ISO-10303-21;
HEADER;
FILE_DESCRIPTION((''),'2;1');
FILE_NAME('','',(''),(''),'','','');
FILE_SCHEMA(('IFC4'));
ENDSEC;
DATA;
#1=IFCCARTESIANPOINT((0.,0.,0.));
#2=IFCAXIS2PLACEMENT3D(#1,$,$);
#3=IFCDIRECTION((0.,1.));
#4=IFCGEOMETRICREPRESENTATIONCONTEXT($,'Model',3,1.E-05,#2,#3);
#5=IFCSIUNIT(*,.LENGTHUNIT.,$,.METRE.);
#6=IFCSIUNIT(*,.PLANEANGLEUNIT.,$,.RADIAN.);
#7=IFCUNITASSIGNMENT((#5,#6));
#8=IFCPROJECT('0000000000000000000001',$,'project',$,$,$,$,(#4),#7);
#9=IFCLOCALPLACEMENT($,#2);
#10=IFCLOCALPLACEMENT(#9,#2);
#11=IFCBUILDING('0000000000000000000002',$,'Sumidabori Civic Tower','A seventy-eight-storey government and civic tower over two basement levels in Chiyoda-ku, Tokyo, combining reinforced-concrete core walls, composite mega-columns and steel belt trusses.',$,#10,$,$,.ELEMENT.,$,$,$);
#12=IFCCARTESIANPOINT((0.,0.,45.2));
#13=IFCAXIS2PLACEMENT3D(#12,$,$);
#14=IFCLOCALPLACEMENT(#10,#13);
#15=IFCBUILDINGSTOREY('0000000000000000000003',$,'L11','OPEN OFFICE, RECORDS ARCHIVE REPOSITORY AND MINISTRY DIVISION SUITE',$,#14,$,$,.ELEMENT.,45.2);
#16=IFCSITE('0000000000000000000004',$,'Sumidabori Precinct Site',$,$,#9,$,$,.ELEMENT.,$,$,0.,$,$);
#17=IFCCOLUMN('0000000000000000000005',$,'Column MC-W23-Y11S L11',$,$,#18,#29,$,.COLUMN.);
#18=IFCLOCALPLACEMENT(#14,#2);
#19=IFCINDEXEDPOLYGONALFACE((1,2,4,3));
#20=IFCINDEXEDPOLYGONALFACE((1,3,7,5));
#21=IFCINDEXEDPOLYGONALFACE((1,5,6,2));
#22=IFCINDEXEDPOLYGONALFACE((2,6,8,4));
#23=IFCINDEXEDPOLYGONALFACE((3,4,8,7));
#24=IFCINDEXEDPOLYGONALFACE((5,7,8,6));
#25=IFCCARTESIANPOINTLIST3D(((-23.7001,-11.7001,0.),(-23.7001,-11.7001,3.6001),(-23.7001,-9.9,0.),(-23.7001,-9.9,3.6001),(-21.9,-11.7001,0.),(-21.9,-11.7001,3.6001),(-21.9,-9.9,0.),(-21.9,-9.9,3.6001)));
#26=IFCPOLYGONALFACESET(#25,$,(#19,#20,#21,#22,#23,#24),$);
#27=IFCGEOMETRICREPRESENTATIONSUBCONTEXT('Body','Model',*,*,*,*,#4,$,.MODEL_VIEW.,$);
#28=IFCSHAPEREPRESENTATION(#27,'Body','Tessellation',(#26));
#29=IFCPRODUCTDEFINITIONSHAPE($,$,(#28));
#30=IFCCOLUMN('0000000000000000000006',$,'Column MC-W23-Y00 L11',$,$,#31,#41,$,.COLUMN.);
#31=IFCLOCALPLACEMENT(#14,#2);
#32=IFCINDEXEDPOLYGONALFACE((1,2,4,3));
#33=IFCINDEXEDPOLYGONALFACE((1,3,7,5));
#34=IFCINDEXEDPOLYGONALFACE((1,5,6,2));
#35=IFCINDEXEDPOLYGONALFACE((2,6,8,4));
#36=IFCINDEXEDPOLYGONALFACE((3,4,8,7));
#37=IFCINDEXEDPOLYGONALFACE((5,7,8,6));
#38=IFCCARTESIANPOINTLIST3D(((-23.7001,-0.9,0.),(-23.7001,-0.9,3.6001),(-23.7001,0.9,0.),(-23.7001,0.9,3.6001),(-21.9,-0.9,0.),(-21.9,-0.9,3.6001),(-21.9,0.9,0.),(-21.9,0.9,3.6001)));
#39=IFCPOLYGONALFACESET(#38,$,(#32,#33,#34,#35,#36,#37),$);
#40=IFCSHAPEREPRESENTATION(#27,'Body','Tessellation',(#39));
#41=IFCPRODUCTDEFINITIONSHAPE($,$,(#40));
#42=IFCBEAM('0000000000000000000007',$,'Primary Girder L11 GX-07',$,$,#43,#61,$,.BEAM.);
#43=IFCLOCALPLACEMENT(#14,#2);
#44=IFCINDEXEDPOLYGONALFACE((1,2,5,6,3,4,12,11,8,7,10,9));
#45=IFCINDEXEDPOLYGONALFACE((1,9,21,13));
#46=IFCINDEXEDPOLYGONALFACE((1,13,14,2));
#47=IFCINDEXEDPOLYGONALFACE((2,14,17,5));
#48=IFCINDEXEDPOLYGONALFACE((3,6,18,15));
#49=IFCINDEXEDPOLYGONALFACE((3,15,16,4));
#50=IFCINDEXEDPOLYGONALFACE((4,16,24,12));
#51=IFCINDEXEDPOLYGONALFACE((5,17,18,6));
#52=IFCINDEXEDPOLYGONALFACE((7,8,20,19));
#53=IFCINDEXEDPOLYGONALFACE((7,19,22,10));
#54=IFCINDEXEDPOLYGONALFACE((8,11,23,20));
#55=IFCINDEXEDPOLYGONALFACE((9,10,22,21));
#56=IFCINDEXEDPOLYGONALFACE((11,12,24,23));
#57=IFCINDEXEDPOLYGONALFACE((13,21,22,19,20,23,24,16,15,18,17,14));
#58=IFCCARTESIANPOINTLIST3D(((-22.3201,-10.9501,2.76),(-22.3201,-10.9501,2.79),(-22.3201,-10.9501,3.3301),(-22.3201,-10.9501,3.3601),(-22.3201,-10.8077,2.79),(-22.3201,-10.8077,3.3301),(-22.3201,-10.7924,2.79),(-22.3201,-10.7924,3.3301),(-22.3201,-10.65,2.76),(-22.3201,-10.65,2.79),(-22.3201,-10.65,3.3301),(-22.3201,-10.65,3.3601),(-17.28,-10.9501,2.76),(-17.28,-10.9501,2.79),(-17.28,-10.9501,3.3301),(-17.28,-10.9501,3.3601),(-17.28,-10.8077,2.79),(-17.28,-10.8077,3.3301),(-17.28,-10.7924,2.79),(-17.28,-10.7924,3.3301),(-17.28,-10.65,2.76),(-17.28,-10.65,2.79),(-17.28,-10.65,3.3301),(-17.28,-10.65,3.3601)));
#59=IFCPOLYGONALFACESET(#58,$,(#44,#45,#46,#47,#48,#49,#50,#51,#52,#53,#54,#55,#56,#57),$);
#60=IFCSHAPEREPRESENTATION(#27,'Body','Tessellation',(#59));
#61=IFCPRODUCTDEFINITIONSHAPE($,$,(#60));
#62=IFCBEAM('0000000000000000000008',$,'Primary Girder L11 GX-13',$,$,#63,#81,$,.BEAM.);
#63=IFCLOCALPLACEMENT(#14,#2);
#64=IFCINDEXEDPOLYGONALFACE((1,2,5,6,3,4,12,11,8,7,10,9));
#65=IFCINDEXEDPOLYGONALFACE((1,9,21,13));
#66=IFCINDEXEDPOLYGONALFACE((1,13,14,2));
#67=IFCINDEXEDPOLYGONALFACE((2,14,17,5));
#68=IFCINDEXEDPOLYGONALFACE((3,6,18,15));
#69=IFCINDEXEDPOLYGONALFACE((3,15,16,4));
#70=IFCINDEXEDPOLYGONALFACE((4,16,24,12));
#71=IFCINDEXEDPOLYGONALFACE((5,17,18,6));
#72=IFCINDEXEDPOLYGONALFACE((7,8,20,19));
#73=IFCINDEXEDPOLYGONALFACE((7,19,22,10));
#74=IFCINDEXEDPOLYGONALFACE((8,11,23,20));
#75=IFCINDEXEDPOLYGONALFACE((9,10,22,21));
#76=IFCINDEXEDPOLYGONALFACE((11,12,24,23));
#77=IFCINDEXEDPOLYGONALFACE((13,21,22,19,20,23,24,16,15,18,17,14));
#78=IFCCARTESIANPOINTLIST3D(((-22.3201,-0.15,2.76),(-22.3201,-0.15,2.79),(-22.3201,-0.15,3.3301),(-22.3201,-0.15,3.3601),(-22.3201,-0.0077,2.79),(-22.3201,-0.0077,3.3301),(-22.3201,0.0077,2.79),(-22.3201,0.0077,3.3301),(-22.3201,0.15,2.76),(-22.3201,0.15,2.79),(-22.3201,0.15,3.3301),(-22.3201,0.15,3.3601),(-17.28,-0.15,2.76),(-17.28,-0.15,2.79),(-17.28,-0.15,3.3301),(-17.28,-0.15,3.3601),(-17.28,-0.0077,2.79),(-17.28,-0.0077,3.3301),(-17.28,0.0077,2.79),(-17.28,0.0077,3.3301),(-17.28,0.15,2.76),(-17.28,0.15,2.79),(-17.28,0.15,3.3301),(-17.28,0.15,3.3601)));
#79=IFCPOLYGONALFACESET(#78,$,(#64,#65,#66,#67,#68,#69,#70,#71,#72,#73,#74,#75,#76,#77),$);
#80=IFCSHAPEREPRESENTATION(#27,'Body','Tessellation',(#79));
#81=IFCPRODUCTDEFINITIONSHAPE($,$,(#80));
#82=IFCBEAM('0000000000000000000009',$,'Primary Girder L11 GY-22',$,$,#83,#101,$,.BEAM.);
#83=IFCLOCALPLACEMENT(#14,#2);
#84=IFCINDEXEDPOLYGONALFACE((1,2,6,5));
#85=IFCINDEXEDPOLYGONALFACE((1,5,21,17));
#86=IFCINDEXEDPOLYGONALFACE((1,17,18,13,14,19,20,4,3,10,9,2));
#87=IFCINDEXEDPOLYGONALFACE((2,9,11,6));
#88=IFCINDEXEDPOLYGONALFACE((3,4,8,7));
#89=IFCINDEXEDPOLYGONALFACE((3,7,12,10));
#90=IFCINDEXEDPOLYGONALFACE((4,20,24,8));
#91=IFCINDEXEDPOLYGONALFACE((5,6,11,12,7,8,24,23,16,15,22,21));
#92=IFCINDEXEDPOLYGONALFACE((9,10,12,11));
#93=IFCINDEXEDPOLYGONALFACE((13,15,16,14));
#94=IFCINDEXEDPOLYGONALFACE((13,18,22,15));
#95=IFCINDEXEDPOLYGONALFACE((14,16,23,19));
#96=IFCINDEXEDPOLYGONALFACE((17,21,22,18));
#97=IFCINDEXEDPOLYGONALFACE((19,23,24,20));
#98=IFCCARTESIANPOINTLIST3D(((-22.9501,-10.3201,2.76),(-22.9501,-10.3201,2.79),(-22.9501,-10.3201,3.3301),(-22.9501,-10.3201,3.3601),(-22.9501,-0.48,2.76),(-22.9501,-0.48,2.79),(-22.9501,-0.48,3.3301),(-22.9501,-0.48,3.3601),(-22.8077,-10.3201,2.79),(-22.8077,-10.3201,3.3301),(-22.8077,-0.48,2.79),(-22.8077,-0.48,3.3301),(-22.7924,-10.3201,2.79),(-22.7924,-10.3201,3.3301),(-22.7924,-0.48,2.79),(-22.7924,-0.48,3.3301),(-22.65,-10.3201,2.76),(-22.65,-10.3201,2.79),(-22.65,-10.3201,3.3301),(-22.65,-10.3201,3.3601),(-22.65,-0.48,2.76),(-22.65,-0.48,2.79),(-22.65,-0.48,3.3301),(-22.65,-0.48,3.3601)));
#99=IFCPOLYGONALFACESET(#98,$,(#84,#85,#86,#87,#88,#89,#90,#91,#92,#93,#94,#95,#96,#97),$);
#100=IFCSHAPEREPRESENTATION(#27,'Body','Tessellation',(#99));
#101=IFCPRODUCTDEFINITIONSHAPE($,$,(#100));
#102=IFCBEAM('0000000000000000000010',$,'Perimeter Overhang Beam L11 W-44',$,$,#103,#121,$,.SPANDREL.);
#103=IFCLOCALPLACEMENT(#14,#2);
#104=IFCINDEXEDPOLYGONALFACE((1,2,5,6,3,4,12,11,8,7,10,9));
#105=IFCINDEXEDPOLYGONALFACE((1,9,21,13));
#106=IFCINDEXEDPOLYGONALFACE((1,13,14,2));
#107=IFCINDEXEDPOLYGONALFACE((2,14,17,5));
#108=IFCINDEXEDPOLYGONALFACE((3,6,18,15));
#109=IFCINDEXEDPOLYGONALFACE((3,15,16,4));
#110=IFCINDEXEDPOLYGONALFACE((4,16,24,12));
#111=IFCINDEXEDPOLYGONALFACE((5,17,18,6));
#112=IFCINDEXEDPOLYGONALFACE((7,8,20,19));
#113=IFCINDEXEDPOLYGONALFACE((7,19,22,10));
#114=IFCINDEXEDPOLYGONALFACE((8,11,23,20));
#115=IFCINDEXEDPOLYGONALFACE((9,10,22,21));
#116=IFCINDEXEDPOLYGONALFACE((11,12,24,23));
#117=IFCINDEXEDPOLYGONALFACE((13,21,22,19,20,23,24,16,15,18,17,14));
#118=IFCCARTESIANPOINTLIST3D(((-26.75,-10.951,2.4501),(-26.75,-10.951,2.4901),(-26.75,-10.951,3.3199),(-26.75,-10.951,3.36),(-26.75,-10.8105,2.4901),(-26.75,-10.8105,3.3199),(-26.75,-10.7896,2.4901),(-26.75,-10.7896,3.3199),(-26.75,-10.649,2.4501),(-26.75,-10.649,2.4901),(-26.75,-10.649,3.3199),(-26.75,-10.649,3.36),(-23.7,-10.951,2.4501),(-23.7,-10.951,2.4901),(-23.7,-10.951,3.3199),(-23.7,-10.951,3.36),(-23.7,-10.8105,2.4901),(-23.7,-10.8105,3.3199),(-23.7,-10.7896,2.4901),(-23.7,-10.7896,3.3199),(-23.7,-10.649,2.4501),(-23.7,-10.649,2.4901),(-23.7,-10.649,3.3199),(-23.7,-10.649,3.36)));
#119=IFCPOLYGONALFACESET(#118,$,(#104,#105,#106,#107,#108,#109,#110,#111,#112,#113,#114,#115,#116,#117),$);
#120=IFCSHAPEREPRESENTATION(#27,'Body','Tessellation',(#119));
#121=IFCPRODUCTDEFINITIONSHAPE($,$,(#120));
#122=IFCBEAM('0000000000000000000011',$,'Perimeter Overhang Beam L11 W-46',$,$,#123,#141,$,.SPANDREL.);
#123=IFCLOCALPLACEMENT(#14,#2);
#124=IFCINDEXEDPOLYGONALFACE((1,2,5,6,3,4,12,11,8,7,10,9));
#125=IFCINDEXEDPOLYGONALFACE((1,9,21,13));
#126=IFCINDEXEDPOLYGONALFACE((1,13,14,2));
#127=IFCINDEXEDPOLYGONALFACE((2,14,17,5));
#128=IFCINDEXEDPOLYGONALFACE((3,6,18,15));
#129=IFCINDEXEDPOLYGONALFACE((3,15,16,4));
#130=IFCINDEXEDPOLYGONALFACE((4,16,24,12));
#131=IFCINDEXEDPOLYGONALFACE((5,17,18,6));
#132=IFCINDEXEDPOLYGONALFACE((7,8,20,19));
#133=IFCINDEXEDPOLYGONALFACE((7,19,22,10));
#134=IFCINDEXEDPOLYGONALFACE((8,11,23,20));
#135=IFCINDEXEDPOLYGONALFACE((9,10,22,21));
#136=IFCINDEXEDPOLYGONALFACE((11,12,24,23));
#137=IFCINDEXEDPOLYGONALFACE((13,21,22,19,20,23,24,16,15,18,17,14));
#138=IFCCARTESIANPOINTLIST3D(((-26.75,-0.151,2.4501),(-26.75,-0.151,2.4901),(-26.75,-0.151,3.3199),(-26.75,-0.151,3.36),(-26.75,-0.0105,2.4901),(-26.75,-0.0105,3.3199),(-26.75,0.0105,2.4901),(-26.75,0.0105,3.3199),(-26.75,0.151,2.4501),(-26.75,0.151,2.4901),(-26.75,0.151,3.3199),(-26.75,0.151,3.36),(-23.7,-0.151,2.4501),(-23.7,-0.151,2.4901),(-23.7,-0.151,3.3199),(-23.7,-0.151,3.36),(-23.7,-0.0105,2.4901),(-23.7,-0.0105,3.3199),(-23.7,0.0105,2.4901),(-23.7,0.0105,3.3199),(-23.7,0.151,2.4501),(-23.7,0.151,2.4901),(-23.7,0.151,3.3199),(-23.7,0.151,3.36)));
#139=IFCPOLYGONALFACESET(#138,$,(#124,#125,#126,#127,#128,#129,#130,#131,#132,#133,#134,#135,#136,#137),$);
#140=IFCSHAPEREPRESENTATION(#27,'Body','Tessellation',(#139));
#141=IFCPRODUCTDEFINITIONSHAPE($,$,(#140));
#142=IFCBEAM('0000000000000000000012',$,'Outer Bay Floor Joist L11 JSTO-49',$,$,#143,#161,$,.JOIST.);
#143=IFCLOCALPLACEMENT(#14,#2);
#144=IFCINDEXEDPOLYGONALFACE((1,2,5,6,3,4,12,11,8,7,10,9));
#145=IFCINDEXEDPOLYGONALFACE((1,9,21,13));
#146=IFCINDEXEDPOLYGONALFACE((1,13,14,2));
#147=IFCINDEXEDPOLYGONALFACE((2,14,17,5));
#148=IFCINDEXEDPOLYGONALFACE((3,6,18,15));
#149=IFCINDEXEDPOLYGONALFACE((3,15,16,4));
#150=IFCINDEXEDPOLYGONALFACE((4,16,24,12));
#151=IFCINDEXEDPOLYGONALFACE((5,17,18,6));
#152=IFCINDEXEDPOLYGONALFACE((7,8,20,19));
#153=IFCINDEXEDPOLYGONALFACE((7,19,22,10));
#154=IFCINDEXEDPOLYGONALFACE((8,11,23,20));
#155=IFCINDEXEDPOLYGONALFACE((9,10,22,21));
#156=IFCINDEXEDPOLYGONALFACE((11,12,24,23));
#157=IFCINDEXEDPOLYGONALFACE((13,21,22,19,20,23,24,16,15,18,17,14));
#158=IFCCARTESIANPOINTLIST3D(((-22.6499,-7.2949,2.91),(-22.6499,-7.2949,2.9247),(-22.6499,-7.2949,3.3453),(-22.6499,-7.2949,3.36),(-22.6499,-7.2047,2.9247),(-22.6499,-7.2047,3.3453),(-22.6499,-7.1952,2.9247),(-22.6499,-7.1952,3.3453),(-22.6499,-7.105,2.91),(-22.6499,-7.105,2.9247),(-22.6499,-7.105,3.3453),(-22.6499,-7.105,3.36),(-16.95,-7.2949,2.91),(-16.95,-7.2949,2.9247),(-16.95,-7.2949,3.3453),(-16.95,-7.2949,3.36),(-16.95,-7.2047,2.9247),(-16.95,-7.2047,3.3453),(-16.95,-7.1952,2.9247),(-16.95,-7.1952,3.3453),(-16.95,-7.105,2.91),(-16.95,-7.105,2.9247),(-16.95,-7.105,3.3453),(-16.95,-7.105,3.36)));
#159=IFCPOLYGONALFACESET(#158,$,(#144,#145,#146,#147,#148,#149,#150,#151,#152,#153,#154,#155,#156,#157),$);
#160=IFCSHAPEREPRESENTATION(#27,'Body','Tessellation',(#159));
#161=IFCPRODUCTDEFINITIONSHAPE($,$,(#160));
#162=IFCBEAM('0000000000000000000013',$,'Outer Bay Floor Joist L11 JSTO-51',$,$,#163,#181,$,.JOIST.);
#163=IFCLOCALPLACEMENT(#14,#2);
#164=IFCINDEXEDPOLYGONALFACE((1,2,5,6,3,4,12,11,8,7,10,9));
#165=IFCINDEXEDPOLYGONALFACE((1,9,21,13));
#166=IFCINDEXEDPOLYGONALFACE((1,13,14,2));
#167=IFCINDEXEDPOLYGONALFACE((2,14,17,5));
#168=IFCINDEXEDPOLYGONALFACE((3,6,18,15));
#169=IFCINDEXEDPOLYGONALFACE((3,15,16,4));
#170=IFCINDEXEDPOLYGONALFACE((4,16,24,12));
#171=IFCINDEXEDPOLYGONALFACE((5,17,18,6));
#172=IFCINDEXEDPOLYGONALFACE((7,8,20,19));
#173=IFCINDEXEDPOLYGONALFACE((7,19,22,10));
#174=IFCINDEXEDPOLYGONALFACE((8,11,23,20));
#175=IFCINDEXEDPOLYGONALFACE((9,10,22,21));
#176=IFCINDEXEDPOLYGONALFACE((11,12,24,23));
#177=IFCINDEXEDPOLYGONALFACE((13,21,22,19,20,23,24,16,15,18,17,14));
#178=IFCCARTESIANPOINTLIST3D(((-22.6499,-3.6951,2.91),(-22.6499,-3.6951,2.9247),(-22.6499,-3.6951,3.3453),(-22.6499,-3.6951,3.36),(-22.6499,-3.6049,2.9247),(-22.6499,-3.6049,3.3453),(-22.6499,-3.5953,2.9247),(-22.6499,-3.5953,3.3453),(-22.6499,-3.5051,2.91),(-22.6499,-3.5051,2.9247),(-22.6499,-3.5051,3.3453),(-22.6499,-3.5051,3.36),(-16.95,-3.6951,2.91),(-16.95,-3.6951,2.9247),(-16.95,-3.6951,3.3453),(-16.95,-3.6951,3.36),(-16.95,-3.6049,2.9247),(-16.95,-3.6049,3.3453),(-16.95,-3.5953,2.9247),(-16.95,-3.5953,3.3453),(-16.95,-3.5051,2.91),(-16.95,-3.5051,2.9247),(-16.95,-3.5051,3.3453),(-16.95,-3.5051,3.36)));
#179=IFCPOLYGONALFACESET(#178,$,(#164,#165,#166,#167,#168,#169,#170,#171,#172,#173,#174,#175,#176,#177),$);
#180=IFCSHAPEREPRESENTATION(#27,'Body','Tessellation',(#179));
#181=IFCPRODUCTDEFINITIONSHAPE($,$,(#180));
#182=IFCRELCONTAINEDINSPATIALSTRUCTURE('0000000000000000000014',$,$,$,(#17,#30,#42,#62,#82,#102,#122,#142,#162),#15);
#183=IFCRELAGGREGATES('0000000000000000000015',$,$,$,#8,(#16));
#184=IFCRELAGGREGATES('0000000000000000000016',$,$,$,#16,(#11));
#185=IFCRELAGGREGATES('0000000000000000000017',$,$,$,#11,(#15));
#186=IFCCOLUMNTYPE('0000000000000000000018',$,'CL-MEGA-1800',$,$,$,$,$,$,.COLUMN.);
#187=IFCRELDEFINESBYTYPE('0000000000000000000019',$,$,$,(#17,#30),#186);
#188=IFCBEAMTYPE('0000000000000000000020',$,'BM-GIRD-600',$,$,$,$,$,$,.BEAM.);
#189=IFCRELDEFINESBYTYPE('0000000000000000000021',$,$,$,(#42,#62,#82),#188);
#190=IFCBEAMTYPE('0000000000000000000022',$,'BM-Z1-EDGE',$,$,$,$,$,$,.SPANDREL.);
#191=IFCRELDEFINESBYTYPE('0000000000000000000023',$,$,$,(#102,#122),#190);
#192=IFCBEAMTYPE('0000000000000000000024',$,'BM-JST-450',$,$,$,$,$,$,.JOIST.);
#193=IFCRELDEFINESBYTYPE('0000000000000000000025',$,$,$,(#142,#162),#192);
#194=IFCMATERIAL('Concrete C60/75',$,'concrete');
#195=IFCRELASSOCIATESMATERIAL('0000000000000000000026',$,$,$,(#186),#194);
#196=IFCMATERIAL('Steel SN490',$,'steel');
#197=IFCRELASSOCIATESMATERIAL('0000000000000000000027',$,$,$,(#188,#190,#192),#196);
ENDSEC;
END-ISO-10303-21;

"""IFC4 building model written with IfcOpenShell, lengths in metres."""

from ifc_helpers import new_model, si_unit, direction, frame, origin, origin_2d, place, context, subcontext, project, spatial, rectangle, i_section, extrude, source, transform, mapped, material, material_profile, profile_set, type_object, element, save


model = new_model("IFC4")

# Units and contexts
model_context = context("Model", 3, precision=1e-05, world=origin(), true_north=direction((0.0, 1.0)))
body_context = subcontext(model_context, "Body", "Model", "MODEL_VIEW")
ifc_project = project(units=[si_unit("LENGTHUNIT", "METRE"), si_unit("PLANEANGLEUNIT", "RADIAN")], contexts=[model_context])

# Site, building, storey
site_placement = place(None, origin())
site = spatial("IfcSite", under=ifc_project, at=site_placement, Name="Sumidabori Precinct Site", CompositionType="ELEMENT", RefElevation=0.0)
building_placement = place(site_placement, origin())
building = spatial("IfcBuilding", under=site, at=building_placement, Name="Sumidabori Civic Tower", Description="A seventy-eight-storey government and civic tower over two basement levels in Chiyoda-ku, Tokyo, combining reinforced-concrete core walls, composite mega-columns and steel belt trusses.", CompositionType="ELEMENT")
storey_placement = place(building_placement, frame((0.0, 0.0, 45.2)))
storey = spatial("IfcBuildingStorey", under=building, at=storey_placement, Name="L11", Description="OPEN OFFICE, RECORDS ARCHIVE REPOSITORY AND MINISTRY DIVISION SUITE", CompositionType="ELEMENT", Elevation=45.2)

# Columns
ifc_material_1 = material(Name="Concrete C60/75", Category="concrete")
ifc_material_profile_1 = material_profile(ifc_material_1, rectangle(XDim=1.8, YDim=1.8, at=origin_2d()), Name="RC 1800x1800")
ifc_profile_set_1 = profile_set([ifc_material_profile_1], Name="Concrete C60/75")
column_type = type_object("IfcColumnType", Name="CL-MEGA-1800", PredefinedType="COLUMN", material=ifc_profile_set_1)
shared_shape_1 = source(origin(), body_context, "Body", "SweptSolid", [
    extrude(rectangle(XDim=1.8, YDim=1.8, at=origin_2d()), origin(), (0.0, 0.0, 1.0), 3.6001),
])
for number, where, z_axis, x_axis, name in (
    (1, (-22.8, -10.8, 0.0), (0.0, 0.0, 1.0), (1.0, 0.0, 0.0), "Column MC-W23-Y11S L11"),
    (2, (-22.8, 0.0, 0.0), (0.0, 0.0, 1.0), (1.0, 0.0, 0.0), "Column MC-W23-Y00 L11"),
):
    element("IfcColumn", number, at=place(storey_placement, frame(where, z_axis=z_axis, x_axis=x_axis)), inside=storey, type_object=column_type, Name=name, PredefinedType="COLUMN", context=body_context, shape_type="MappedRepresentation", body=[
        mapped(shared_shape_1, transform((0.0, 0.0, 0.0), x_axis=(1.0, 0.0, 0.0), y_axis=(0.0, 1.0, 0.0), z_axis=(0.0, 0.0, 1.0), scale=1.0)),
    ])

# Beams
ifc_material_2 = material(Name="Steel SN490", Category="steel")
ifc_material_profile_2 = material_profile(ifc_material_2, i_section(OverallWidth=0.3, OverallDepth=0.6001, WebThickness=0.0154, FlangeThickness=0.03, at=origin_2d()), Name="HE 600 B")
ifc_profile_set_2 = profile_set([ifc_material_profile_2], Name="Steel SN490")
beam_type_1 = type_object("IfcBeamType", Name="BM-GIRD-600", PredefinedType="BEAM", material=ifc_profile_set_2)
shared_shape_2 = source(origin(), body_context, "Body", "SweptSolid", [
    extrude(i_section(OverallWidth=0.3, OverallDepth=0.6001, WebThickness=0.0154, FlangeThickness=0.03, at=origin_2d()), origin(), (0.0, 0.0, 1.0), 5.04),
])
for number, where, z_axis, x_axis, name in (
    (3, (-22.3201, -10.8, 3.0601), (1.0, 0.0, 0.0), (0.0, 1.0, 0.0), "Primary Girder L11 GX-07"),
    (4, (-22.3201, 0.0, 3.0601), (1.0, 0.0, 0.0), (0.0, 1.0, 0.0), "Primary Girder L11 GX-13"),
):
    element("IfcBeam", number, at=place(storey_placement, frame(where, z_axis=z_axis, x_axis=x_axis)), inside=storey, type_object=beam_type_1, Name=name, PredefinedType="BEAM", context=body_context, shape_type="MappedRepresentation", body=[
        mapped(shared_shape_2, transform((0.0, 0.0, 0.0), x_axis=(1.0, 0.0, 0.0), y_axis=(0.0, 1.0, 0.0), z_axis=(0.0, 0.0, 1.0), scale=1.0)),
    ])
shared_shape_3 = source(origin(), body_context, "Body", "SweptSolid", [
    extrude(i_section(OverallWidth=0.3, OverallDepth=0.6001, WebThickness=0.0154, FlangeThickness=0.03, at=origin_2d()), origin(), (0.0, 0.0, 1.0), 9.8401),
])
beam_placement = place(storey_placement, frame((-22.8, -10.3201, 3.0601), z_axis=(0.0, 1.0, 0.0), x_axis=(-1.0, 0.0, 0.0)))
element("IfcBeam", 5, at=beam_placement, inside=storey, type_object=beam_type_1, Name="Primary Girder L11 GY-22", PredefinedType="BEAM", context=body_context, shape_type="MappedRepresentation", body=[
    mapped(shared_shape_3, transform((0.0, 0.0, 0.0), x_axis=(1.0, 0.0, 0.0), y_axis=(0.0, 1.0, 0.0), z_axis=(0.0, 0.0, 1.0), scale=1.0)),
])
ifc_material_profile_3 = material_profile(ifc_material_2, i_section(OverallWidth=0.302, OverallDepth=0.9099, WebThickness=0.021, FlangeThickness=0.04, at=origin_2d()), Name="HE 900 M")
ifc_profile_set_3 = profile_set([ifc_material_profile_3], Name="Steel SN490")
beam_type_2 = type_object("IfcBeamType", Name="BM-Z1-EDGE", PredefinedType="SPANDREL", material=ifc_profile_set_3)
shared_shape_4 = source(origin(), body_context, "Body", "SweptSolid", [
    extrude(i_section(OverallWidth=0.302, OverallDepth=0.9099, WebThickness=0.021, FlangeThickness=0.04, at=origin_2d()), origin(), (0.0, 0.0, 1.0), 3.05),
])
for number, where, z_axis, x_axis, name in (
    (6, (-26.75, -10.8, 2.905), (1.0, 0.0, 0.0), (0.0, 1.0, 0.0), "Perimeter Overhang Beam L11 W-44"),
    (7, (-26.75, 0.0, 2.905), (1.0, 0.0, 0.0), (0.0, 1.0, 0.0), "Perimeter Overhang Beam L11 W-46"),
):
    element("IfcBeam", number, at=place(storey_placement, frame(where, z_axis=z_axis, x_axis=x_axis)), inside=storey, type_object=beam_type_2, Name=name, PredefinedType="SPANDREL", context=body_context, shape_type="MappedRepresentation", body=[
        mapped(shared_shape_4, transform((0.0, 0.0, 0.0), x_axis=(1.0, 0.0, 0.0), y_axis=(0.0, 1.0, 0.0), z_axis=(0.0, 0.0, 1.0), scale=1.0)),
    ])
ifc_material_profile_4 = material_profile(ifc_material_2, i_section(OverallWidth=0.1899, OverallDepth=0.45, WebThickness=0.0095, FlangeThickness=0.0146, at=origin_2d()), Name="IPE 450")
ifc_profile_set_4 = profile_set([ifc_material_profile_4], Name="Steel SN490")
beam_type_3 = type_object("IfcBeamType", Name="BM-JST-450", PredefinedType="JOIST", material=ifc_profile_set_4)
shared_shape_5 = source(origin(), body_context, "Body", "SweptSolid", [
    extrude(i_section(OverallWidth=0.1899, OverallDepth=0.45, WebThickness=0.0095, FlangeThickness=0.0146, at=origin_2d()), origin(), (0.0, 0.0, 1.0), 5.7),
])
for number, where, z_axis, x_axis, name in (
    (8, (-22.6499, -7.2, 3.135), (1.0, 0.0, 0.0), (0.0, 1.0, 0.0), "Outer Bay Floor Joist L11 JSTO-49"),
    (9, (-22.6499, -3.6001, 3.135), (1.0, 0.0, 0.0), (0.0, 1.0, 0.0), "Outer Bay Floor Joist L11 JSTO-51"),
):
    element("IfcBeam", number, at=place(storey_placement, frame(where, z_axis=z_axis, x_axis=x_axis)), inside=storey, type_object=beam_type_3, Name=name, PredefinedType="JOIST", context=body_context, shape_type="MappedRepresentation", body=[
        mapped(shared_shape_5, transform((0.0, 0.0, 0.0), x_axis=(1.0, 0.0, 0.0), y_axis=(0.0, 1.0, 0.0), z_axis=(0.0, 0.0, 1.0), scale=1.0)),
    ])

save(model, "model.ifc")
